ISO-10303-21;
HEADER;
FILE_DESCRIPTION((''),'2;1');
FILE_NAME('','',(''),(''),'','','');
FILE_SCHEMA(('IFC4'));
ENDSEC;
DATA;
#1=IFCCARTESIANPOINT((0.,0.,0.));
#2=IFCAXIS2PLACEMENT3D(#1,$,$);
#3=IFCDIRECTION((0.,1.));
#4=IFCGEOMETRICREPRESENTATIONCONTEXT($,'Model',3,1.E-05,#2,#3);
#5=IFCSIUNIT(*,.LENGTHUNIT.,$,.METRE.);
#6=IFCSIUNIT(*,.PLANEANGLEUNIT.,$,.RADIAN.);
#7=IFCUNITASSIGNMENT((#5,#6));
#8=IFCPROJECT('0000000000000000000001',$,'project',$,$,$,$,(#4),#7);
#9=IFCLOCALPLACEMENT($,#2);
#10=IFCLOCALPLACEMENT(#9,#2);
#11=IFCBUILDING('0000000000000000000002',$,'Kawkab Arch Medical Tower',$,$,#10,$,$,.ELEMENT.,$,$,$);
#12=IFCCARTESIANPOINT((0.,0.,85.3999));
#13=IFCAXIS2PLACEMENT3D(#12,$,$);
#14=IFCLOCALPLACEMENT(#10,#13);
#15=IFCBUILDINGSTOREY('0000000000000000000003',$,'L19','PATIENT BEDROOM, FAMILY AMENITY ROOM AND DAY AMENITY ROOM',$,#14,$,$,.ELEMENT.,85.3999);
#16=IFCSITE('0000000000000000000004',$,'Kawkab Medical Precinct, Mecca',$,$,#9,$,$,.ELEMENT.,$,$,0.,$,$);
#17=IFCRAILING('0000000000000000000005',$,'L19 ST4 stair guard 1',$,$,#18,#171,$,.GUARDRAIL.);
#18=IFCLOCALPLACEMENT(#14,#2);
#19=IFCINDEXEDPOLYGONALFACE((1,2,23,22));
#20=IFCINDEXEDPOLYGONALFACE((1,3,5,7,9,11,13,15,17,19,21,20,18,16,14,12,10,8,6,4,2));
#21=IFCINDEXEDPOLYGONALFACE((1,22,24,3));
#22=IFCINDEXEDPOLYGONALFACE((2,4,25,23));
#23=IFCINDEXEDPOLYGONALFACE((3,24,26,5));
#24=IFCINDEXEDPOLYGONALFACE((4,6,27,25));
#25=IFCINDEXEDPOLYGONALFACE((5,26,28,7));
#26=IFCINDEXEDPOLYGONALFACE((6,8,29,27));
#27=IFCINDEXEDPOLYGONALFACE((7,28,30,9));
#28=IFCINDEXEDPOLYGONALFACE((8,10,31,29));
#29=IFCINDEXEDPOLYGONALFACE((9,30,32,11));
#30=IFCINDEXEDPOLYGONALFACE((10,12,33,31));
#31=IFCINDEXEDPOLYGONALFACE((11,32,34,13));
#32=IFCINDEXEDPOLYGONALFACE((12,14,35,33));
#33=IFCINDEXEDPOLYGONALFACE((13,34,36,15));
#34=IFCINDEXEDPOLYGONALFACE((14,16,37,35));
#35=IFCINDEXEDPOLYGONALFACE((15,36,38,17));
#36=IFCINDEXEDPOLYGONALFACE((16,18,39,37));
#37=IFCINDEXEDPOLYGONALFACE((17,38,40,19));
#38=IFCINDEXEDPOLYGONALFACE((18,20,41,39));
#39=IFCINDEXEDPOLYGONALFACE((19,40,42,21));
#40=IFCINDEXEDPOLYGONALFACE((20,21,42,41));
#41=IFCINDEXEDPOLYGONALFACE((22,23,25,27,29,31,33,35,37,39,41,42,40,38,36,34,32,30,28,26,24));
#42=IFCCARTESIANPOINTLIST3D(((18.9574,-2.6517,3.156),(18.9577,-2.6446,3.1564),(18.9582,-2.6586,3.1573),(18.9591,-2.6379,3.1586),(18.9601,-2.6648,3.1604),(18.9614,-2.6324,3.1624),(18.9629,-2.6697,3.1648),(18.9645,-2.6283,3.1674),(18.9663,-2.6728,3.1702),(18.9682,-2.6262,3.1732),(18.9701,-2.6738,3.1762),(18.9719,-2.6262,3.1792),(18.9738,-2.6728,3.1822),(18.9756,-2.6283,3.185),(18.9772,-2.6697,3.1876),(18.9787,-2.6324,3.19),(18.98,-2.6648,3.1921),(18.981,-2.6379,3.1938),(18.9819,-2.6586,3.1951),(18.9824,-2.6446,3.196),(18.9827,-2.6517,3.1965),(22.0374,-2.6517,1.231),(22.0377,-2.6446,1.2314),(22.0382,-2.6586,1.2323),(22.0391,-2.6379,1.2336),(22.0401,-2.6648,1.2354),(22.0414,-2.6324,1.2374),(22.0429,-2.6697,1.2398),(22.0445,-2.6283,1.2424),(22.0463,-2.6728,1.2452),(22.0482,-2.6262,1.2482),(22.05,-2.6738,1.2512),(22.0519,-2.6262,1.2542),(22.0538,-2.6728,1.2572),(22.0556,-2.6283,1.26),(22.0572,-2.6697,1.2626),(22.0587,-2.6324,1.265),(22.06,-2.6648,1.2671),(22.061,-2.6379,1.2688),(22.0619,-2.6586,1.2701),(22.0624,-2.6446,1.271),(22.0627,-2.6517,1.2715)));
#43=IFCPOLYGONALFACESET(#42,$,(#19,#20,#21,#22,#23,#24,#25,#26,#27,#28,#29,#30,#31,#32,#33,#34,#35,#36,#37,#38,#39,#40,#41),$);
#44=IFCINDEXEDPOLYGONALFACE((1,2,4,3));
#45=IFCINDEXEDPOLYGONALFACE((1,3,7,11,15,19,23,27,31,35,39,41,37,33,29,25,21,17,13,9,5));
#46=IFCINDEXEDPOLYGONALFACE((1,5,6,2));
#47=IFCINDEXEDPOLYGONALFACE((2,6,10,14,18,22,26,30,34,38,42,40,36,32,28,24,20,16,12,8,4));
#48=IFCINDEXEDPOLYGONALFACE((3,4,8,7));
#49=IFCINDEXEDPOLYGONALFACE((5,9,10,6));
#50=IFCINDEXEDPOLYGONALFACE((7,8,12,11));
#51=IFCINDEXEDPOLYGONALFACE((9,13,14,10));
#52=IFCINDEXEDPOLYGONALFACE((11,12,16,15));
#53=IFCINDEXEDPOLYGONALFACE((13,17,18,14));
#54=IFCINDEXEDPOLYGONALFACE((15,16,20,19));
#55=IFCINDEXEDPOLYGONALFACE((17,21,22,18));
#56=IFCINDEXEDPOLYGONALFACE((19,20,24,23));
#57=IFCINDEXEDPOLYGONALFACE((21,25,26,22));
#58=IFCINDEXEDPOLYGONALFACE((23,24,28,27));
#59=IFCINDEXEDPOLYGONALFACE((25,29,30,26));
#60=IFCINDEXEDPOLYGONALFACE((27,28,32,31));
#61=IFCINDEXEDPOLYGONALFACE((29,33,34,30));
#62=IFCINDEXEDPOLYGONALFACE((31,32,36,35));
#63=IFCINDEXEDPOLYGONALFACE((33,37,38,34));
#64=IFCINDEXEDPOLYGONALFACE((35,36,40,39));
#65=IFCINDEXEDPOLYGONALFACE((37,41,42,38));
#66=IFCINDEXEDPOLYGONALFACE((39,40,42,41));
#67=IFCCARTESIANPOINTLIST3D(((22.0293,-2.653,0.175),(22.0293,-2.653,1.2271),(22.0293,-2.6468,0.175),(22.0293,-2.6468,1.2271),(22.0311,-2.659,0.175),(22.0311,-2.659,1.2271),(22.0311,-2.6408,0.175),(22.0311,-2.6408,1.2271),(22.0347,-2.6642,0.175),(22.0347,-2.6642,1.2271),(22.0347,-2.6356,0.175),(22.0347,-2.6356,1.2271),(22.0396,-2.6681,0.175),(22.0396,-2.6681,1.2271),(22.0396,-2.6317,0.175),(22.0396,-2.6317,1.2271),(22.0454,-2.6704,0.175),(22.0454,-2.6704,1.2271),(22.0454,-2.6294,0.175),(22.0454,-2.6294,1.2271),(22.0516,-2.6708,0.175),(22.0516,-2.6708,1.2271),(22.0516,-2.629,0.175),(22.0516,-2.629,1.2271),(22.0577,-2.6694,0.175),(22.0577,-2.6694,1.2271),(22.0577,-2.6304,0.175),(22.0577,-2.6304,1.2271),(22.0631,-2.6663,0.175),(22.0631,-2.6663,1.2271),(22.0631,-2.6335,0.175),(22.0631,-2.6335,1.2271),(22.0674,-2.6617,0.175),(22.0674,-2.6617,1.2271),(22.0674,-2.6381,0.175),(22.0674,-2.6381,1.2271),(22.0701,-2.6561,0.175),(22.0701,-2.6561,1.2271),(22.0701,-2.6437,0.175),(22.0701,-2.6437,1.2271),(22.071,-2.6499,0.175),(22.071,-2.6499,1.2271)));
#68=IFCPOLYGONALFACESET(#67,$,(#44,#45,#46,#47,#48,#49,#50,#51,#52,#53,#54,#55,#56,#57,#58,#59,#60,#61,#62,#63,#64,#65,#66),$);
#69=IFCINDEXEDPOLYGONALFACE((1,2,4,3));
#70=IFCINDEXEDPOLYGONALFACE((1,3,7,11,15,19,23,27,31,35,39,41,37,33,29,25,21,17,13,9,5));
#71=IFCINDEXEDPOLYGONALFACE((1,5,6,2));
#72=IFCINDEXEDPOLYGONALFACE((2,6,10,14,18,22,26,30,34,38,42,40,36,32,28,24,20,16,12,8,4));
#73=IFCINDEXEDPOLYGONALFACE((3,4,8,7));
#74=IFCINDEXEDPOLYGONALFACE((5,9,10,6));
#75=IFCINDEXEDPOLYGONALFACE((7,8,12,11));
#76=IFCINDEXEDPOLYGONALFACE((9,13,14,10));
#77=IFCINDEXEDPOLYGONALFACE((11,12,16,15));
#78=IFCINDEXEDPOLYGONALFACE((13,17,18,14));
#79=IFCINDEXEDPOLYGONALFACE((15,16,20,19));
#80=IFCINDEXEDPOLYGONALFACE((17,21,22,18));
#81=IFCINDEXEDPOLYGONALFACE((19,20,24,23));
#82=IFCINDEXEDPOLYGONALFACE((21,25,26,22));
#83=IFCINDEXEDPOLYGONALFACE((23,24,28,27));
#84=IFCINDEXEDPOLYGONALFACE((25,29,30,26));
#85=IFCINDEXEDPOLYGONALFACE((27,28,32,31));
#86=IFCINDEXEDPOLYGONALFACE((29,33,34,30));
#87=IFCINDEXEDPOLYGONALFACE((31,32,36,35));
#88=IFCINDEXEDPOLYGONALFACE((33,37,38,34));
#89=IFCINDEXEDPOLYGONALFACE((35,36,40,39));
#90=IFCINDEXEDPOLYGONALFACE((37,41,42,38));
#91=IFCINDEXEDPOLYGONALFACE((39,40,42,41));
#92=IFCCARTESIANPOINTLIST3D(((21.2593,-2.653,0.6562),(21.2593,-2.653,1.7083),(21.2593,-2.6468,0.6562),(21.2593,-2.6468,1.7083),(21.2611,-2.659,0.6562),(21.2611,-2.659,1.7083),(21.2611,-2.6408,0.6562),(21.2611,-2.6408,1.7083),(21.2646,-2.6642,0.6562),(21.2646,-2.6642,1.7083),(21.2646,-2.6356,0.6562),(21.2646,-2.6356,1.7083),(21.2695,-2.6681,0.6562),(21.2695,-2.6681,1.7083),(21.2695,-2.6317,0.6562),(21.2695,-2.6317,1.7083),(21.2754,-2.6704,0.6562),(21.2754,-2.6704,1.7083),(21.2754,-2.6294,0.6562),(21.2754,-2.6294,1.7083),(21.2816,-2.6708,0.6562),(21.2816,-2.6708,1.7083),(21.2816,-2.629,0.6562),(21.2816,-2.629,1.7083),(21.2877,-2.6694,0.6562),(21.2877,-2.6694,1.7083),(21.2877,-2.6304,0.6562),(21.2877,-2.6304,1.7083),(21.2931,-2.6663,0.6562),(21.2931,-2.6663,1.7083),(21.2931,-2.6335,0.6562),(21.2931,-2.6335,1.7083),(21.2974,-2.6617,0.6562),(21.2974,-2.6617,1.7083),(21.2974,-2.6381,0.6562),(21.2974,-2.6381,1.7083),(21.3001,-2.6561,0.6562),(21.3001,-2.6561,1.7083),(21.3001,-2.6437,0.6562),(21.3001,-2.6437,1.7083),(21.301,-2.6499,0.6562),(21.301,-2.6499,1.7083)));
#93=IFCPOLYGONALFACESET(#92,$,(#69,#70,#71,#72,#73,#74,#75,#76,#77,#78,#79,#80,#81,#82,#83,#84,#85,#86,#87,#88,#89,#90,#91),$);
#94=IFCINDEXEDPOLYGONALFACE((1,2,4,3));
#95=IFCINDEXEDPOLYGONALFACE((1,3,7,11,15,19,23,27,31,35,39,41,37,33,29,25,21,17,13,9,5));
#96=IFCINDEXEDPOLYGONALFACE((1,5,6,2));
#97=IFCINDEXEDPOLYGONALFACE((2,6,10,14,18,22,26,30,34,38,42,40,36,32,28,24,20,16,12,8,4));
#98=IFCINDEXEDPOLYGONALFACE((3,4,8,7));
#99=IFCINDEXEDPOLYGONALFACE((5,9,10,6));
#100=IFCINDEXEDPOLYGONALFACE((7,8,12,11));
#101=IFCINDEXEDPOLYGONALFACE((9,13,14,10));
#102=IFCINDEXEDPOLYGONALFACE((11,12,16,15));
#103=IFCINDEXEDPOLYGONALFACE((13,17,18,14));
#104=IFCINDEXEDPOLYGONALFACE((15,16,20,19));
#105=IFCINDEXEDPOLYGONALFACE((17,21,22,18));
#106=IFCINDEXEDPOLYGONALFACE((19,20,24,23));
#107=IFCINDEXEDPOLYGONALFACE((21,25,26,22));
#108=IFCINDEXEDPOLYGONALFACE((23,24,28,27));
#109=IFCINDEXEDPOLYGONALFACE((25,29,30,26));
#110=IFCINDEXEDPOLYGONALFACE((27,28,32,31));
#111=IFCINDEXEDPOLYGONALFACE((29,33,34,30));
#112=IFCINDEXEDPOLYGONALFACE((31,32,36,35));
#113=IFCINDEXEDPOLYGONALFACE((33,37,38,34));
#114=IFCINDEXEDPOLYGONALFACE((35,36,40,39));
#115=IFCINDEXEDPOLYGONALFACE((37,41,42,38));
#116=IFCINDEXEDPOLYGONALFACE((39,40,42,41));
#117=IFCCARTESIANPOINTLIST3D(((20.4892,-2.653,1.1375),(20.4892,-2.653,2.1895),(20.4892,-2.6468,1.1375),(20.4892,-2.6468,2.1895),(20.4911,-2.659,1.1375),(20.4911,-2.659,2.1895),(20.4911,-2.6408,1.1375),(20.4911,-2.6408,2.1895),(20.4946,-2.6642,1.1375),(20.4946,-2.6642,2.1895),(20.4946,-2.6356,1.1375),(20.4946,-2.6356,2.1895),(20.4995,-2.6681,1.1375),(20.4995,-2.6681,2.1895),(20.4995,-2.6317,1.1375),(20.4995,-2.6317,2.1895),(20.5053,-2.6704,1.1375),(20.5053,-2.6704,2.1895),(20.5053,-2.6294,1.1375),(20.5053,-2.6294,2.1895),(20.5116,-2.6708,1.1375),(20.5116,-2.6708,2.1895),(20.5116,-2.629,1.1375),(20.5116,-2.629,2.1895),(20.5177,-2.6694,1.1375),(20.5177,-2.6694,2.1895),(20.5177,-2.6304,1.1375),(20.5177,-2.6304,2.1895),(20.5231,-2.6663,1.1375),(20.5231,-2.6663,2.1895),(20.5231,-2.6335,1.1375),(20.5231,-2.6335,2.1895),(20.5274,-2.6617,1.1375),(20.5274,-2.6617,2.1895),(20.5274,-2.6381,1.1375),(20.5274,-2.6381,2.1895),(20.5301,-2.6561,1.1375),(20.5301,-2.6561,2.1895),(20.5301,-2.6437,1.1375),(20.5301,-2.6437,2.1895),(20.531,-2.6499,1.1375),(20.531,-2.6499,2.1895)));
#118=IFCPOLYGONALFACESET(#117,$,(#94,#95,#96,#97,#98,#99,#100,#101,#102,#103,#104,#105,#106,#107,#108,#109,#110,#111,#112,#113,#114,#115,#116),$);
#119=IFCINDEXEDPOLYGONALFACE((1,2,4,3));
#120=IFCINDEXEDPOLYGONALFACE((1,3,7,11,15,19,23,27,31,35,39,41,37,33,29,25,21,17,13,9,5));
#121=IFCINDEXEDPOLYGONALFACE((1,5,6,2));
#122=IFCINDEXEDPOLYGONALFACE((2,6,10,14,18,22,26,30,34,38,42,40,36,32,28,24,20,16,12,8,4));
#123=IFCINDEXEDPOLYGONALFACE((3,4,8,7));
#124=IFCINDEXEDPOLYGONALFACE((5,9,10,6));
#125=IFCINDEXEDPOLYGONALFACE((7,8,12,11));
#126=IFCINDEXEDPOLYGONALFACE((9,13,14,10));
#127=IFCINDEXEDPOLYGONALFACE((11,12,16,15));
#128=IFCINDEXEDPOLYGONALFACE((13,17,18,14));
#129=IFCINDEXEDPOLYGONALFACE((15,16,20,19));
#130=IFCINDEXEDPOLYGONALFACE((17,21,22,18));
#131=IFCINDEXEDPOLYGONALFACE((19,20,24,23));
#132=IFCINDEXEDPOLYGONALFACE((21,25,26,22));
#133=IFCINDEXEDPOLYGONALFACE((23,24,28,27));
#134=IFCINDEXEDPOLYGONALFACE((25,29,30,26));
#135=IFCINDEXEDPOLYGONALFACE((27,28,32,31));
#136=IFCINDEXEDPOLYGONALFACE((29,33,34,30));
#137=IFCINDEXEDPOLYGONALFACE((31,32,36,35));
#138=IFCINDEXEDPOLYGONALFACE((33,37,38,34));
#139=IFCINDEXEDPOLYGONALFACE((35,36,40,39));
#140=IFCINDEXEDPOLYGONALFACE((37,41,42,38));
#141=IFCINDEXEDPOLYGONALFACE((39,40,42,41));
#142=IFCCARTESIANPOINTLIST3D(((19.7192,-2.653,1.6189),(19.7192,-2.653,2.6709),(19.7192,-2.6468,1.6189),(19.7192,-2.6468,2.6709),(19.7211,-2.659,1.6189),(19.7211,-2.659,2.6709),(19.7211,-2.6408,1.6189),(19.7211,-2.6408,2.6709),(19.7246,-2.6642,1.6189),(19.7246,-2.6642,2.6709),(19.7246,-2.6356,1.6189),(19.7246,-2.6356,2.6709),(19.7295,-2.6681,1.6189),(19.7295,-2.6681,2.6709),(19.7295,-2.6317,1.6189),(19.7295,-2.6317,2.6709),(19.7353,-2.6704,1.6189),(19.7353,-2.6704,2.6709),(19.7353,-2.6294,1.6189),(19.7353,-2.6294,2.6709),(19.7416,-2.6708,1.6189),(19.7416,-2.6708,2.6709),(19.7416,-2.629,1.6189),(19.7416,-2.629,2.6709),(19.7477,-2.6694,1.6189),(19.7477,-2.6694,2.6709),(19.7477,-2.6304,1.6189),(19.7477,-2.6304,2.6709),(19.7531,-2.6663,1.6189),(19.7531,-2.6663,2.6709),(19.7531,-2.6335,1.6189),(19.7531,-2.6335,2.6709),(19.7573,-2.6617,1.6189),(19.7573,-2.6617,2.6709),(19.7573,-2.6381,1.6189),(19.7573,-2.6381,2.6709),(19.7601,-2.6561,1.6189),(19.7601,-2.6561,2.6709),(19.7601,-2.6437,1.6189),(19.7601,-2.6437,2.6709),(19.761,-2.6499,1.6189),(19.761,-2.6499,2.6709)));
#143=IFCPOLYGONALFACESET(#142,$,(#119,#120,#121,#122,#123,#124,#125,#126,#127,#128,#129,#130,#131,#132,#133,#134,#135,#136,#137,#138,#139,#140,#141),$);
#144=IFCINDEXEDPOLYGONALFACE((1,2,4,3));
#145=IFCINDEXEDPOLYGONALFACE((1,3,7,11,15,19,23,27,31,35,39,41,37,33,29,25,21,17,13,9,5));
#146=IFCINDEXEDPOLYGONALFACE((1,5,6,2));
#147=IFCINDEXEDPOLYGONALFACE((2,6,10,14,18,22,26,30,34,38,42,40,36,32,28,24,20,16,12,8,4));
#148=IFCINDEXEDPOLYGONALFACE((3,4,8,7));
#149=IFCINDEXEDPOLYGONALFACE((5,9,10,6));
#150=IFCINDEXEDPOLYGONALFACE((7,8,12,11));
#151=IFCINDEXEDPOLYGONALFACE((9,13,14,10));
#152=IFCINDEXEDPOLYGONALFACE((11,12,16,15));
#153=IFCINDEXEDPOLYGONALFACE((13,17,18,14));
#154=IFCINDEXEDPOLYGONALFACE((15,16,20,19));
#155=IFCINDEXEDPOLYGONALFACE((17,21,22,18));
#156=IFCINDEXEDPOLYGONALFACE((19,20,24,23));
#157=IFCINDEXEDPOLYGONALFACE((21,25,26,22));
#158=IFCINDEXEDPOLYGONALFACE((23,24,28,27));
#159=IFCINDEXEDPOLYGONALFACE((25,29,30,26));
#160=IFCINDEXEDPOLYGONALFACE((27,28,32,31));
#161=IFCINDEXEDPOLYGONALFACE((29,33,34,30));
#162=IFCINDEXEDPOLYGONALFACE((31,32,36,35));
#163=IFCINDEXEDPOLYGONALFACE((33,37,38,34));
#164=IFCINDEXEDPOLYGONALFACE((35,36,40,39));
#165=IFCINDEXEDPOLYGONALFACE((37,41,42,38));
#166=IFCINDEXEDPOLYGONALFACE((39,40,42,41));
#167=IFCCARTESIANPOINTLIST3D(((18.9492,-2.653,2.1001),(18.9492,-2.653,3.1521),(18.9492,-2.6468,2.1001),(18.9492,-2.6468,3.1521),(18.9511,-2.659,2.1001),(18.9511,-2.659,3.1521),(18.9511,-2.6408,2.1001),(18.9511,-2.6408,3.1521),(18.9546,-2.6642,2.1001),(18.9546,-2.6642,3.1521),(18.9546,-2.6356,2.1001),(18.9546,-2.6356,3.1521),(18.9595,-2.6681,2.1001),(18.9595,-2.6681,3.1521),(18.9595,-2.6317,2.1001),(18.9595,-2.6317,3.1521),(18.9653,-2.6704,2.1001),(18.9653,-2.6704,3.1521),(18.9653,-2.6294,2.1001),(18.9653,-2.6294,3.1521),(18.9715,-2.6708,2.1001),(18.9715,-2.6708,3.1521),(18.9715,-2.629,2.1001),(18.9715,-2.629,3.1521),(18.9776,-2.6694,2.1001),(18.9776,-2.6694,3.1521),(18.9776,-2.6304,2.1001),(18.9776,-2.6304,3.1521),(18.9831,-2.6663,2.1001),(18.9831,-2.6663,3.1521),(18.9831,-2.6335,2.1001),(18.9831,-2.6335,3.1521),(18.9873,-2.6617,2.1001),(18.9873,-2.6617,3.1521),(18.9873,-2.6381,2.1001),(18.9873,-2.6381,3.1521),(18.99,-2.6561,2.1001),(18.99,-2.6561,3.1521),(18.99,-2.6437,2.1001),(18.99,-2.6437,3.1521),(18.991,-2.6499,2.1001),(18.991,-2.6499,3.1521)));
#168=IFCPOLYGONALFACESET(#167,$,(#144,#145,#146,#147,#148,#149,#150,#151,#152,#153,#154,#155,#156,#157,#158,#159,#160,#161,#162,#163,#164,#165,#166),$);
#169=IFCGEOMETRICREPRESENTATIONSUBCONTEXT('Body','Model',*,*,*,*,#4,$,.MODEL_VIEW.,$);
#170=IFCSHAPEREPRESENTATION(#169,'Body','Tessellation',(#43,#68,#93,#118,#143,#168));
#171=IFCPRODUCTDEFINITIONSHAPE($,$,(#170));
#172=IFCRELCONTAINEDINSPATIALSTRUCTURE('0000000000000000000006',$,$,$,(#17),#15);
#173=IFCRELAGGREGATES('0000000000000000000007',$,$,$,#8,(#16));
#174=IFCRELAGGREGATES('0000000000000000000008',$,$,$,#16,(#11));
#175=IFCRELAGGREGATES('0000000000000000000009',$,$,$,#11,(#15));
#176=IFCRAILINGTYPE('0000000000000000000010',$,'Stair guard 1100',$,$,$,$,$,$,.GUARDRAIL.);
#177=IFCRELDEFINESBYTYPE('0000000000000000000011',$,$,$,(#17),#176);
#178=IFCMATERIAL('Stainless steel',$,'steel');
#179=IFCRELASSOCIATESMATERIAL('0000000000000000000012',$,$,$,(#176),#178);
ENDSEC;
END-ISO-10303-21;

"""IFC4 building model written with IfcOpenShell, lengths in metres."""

from ifc_helpers import new_model, si_unit, direction, frame, origin, origin_2d, place, context, subcontext, project, spatial, circle, extrude, material, type_object, element, save


model = new_model("IFC4")

# Units and contexts
model_context = context("Model", 3, precision=1e-05, world=origin(), true_north=direction((0.0, 1.0)))
body_context = subcontext(model_context, "Body", "Model", "MODEL_VIEW")
ifc_project = project(units=[si_unit("LENGTHUNIT", "METRE"), si_unit("PLANEANGLEUNIT", "RADIAN")], contexts=[model_context])

# Site, building, storey
site_placement = place(None, origin())
site = spatial("IfcSite", under=ifc_project, at=site_placement, Name="Kawkab Medical Precinct, Mecca", CompositionType="ELEMENT", RefElevation=0.0)
building_placement = place(site_placement, origin())
building = spatial("IfcBuilding", under=site, at=building_placement, Name="Kawkab Arch Medical Tower", CompositionType="ELEMENT")
storey_placement = place(building_placement, frame((0.0, 0.0, 85.3999)))
storey = spatial("IfcBuildingStorey", under=building, at=storey_placement, Name="L19", Description="PATIENT BEDROOM, FAMILY AMENITY ROOM AND DAY AMENITY ROOM", CompositionType="ELEMENT", Elevation=85.3999)

# Railing
ifc_material_1 = material(Name="Stainless steel", Category="steel")
railing_type_1 = type_object("IfcRailingType", Name="Stair guard 1100", PredefinedType="GUARDRAIL", material=ifc_material_1)
railing_1_placement = place(storey_placement, frame((22.05, -2.6499, 0.175)))
element("IfcRailing", 1, at=railing_1_placement, inside=storey, type_object=railing_type_1, Name="L19 ST4 stair guard 1", PredefinedType="GUARDRAIL", context=body_context, shape_type="SweptSolid", body=[
    extrude(circle(Radius=0.0239, at=origin_2d()), frame((0.0, 0.0, 1.0762), z_axis=(-0.847998, 0.0, 0.529999), x_axis=(0.0, -1.0, 0.0)), (0.0, 0.0, 1.0), 3.6321),
    extrude(circle(Radius=0.021, at=origin_2d()), origin(), (0.0, 0.0, 1.0), 1.052),
    extrude(circle(Radius=0.021, at=origin_2d()), frame((-0.77, 0.0, 0.4812)), (0.0, 0.0, 1.0), 1.052),
    extrude(circle(Radius=0.021, at=origin_2d()), frame((-1.54, 0.0, 0.9624)), (0.0, 0.0, 1.0), 1.052),
    extrude(circle(Radius=0.021, at=origin_2d()), frame((-2.3101, 0.0, 1.4438)), (0.0, 0.0, 1.0), 1.052),
    extrude(circle(Radius=0.021, at=origin_2d()), frame((-3.0801, 0.0, 1.925)), (0.0, 0.0, 1.0), 1.052),
])

save(model, "model.ifc")
